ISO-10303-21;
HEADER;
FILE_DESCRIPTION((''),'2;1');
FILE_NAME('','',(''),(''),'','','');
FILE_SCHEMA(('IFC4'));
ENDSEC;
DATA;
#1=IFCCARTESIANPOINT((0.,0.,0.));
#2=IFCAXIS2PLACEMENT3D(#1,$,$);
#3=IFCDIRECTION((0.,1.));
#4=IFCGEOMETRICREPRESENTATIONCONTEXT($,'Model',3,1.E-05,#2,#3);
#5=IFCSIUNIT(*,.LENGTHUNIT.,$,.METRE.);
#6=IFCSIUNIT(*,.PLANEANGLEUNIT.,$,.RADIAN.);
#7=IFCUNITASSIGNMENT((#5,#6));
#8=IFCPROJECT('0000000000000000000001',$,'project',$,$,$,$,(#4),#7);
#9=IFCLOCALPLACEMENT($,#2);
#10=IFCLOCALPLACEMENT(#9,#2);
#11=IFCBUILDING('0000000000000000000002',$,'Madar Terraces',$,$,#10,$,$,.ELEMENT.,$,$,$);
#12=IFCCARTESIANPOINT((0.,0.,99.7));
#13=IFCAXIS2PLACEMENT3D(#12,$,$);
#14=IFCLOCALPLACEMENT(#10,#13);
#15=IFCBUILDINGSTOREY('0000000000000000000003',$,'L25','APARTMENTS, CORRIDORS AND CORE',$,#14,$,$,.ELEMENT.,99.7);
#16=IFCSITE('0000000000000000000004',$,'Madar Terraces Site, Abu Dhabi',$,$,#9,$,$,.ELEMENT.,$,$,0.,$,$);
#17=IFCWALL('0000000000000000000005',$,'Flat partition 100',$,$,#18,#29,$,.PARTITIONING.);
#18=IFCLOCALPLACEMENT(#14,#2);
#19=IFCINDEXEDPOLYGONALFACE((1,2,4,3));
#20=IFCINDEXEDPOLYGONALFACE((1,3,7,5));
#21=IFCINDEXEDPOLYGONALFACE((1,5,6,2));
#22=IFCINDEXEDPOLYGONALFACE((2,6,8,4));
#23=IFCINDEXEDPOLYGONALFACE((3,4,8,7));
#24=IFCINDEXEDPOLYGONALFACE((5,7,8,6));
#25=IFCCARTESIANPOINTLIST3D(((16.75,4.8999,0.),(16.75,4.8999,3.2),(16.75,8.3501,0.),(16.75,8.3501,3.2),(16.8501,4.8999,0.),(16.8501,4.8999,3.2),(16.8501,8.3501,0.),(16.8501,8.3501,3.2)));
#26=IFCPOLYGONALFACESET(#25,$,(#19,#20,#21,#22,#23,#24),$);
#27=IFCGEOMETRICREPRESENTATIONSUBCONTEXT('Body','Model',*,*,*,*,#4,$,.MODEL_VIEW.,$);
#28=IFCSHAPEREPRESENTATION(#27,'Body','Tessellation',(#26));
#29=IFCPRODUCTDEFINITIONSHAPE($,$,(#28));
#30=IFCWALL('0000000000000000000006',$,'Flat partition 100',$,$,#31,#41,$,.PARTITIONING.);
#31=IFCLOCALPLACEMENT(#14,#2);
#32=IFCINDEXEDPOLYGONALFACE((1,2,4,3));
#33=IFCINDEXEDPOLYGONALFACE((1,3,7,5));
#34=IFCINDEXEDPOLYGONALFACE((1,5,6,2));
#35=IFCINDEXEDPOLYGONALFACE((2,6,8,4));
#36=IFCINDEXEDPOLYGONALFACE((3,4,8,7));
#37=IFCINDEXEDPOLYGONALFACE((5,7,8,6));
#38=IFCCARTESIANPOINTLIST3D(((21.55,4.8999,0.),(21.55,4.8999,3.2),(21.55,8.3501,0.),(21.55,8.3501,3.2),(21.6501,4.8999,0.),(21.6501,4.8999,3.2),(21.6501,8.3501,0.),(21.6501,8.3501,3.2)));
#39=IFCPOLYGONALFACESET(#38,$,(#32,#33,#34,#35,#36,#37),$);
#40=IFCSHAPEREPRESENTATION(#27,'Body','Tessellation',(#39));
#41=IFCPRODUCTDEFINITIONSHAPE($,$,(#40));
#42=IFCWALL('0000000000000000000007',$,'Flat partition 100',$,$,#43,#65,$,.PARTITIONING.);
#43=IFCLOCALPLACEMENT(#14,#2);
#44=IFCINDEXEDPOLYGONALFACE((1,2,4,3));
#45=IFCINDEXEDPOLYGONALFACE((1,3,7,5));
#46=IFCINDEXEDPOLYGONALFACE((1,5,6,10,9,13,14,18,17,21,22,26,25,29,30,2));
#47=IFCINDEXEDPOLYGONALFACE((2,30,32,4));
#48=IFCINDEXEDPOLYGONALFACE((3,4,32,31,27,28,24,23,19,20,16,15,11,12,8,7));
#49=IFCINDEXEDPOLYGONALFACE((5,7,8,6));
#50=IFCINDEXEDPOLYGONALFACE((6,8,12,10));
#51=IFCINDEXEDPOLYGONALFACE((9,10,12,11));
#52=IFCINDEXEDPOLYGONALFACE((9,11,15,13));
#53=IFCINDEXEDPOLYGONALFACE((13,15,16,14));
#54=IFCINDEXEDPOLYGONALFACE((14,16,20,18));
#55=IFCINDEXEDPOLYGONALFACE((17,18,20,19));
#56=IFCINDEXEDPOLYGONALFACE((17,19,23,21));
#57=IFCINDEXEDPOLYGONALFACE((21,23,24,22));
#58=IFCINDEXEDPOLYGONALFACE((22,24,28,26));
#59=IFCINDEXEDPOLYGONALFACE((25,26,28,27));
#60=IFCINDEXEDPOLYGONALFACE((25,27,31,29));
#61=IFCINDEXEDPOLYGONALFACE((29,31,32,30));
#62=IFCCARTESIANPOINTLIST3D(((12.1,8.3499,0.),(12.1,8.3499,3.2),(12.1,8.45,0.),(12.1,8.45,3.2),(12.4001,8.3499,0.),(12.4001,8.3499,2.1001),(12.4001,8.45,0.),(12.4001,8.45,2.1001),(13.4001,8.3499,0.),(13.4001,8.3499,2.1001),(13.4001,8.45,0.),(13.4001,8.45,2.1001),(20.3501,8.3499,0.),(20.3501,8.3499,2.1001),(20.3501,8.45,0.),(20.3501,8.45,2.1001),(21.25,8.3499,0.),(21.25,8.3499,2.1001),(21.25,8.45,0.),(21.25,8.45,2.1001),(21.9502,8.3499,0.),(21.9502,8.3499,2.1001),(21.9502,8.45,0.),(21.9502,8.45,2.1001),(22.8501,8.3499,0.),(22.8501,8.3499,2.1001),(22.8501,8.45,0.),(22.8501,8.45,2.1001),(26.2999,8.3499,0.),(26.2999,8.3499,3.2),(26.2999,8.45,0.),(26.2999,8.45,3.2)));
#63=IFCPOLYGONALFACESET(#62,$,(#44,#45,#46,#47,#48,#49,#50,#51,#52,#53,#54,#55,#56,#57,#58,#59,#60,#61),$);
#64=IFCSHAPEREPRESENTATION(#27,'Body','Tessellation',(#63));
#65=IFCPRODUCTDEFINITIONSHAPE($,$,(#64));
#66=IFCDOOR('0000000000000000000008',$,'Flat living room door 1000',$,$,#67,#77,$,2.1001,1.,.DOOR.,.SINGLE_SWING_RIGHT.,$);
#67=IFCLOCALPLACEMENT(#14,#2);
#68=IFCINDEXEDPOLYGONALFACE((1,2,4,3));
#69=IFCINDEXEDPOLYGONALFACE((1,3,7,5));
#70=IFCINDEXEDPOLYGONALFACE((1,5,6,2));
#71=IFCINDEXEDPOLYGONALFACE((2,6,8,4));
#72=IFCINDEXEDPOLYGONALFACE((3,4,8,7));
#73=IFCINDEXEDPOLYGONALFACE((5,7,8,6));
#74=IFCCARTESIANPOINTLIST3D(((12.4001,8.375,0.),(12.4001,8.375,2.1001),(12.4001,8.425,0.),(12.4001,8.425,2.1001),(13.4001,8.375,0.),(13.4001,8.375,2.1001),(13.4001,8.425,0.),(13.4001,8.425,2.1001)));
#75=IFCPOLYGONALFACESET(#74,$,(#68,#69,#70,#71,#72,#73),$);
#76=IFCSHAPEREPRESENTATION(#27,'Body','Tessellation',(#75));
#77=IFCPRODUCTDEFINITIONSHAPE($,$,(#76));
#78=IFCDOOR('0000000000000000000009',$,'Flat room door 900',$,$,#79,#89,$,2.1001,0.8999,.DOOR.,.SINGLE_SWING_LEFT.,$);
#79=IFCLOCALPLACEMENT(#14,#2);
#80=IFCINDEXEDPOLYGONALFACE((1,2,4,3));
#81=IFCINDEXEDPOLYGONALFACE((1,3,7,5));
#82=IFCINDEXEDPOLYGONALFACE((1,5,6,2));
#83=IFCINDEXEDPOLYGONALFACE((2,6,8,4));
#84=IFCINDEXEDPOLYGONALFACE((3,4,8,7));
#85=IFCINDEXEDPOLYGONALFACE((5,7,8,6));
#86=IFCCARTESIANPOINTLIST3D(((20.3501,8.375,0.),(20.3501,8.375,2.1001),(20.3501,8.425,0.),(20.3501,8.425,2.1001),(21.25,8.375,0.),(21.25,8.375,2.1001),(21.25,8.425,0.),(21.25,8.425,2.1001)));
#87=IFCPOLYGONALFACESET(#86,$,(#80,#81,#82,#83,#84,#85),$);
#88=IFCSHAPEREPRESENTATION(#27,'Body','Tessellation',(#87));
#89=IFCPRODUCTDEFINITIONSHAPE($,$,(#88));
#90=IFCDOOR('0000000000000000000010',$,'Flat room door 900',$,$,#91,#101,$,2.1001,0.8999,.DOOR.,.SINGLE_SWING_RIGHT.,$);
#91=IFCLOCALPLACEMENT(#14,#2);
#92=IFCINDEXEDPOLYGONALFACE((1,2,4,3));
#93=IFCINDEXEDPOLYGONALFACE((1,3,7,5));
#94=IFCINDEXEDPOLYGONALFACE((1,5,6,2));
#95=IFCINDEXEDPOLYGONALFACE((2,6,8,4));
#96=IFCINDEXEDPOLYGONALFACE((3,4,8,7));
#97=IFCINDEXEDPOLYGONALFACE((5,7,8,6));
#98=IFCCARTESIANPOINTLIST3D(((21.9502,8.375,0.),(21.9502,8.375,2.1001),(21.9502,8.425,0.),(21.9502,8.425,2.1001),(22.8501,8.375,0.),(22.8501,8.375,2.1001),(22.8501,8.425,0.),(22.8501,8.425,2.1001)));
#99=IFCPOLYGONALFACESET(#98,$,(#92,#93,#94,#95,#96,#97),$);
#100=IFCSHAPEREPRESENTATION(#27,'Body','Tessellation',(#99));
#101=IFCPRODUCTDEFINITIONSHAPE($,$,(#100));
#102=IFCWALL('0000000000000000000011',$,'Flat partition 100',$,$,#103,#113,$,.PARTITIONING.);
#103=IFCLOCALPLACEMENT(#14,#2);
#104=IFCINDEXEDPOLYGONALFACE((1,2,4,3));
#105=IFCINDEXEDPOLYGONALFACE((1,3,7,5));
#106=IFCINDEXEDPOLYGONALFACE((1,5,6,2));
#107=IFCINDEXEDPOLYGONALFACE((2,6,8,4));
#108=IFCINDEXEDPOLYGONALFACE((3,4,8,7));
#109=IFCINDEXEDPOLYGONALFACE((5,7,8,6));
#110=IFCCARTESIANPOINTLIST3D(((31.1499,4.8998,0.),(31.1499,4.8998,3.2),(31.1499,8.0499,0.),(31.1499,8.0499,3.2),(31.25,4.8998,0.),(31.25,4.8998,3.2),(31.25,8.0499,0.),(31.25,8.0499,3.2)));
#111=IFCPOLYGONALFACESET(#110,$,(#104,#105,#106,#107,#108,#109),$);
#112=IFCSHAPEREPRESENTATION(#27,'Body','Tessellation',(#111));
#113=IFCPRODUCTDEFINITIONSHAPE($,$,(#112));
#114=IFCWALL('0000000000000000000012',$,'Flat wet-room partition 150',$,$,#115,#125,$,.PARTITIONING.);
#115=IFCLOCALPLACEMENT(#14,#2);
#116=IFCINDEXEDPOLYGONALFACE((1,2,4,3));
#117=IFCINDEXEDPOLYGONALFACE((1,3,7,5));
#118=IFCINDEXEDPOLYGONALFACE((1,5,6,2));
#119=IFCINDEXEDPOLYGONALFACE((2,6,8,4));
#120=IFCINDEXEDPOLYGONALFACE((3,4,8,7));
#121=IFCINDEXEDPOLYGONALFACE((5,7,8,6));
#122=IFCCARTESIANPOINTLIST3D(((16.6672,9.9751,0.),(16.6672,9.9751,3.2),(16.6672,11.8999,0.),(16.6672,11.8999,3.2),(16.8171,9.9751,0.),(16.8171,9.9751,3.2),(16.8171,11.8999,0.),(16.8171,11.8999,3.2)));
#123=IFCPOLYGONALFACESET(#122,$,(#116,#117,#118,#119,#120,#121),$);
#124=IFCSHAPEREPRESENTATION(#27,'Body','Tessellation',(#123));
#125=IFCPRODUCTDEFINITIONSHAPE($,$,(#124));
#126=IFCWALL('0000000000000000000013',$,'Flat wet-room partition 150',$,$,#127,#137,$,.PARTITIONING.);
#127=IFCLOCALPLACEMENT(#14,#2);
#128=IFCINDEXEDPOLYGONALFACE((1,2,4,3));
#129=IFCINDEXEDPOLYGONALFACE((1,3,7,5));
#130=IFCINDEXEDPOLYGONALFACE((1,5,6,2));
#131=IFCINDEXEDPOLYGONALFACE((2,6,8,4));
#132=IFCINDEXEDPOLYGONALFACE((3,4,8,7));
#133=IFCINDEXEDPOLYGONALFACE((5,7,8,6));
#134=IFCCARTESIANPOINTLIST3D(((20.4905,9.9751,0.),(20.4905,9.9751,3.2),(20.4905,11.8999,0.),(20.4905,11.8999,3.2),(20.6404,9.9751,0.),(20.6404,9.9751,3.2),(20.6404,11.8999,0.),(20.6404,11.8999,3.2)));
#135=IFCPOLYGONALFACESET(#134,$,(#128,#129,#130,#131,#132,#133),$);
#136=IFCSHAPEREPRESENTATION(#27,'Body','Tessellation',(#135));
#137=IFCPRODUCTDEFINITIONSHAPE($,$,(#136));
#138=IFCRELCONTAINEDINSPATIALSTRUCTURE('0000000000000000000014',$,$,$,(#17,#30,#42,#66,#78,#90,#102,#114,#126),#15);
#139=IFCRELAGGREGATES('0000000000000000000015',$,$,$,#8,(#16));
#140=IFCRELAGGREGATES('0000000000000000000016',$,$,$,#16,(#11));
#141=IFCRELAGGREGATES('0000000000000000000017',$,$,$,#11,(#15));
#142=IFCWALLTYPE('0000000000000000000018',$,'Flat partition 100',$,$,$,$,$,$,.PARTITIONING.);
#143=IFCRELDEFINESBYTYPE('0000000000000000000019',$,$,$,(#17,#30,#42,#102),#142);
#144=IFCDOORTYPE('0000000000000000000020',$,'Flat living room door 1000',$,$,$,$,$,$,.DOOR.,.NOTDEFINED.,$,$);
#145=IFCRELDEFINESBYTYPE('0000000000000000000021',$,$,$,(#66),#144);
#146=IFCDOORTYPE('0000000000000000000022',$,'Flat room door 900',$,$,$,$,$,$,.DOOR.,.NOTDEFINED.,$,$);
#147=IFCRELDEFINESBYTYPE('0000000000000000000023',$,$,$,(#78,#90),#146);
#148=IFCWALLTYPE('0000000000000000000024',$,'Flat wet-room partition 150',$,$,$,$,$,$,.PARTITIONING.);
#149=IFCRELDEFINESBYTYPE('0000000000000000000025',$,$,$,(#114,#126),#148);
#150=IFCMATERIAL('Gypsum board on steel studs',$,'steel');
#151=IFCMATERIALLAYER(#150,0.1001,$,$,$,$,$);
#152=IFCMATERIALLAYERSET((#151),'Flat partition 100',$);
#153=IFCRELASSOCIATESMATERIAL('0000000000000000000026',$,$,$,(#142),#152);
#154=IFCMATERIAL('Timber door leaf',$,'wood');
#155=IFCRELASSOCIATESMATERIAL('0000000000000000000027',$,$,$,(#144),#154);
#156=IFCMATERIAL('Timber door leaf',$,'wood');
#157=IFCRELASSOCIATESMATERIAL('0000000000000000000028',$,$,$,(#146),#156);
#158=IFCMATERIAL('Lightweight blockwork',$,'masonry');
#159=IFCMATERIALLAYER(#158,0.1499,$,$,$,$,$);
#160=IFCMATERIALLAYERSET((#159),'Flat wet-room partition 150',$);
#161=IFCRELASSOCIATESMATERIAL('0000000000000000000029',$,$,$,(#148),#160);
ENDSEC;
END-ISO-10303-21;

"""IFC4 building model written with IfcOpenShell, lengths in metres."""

from ifc_helpers import new_model, si_unit, direction, frame, frame_2d, origin, place, context, subcontext, project, spatial, rectangle, extrude, material, layer, layer_set, type_object, element, fill, save


model = new_model("IFC4")

# Units and contexts
model_context = context("Model", 3, precision=1e-05, world=origin(), true_north=direction((0.0, 1.0)))
body_context = subcontext(model_context, "Body", "Model", "MODEL_VIEW")
ifc_project = project(units=[si_unit("LENGTHUNIT", "METRE"), si_unit("PLANEANGLEUNIT", "RADIAN")], contexts=[model_context])

# Site, building, storey
site_placement = place(None, origin())
site = spatial("IfcSite", under=ifc_project, at=site_placement, Name="Madar Terraces Site, Abu Dhabi", CompositionType="ELEMENT", RefElevation=0.0)
building_placement = place(site_placement, origin())
building = spatial("IfcBuilding", under=site, at=building_placement, Name="Madar Terraces", CompositionType="ELEMENT")
storey_placement = place(building_placement, frame((0.0, 0.0, 99.7)))
storey = spatial("IfcBuildingStorey", under=building, at=storey_placement, Name="L25", Description="APARTMENTS, CORRIDORS AND CORE", CompositionType="ELEMENT", Elevation=99.7)

# Walls
ifc_material_1 = material(Name="Gypsum board on steel studs", Category="steel")
ifc_layer_1 = layer(ifc_material_1, 0.1001)
ifc_layer_set_1 = layer_set([ifc_layer_1], Name="Flat partition 100")
wall_type_1 = type_object("IfcWallType", Name="Flat partition 100", PredefinedType="PARTITIONING", material=ifc_layer_set_1)
for number, where, z_axis, x_axis, name in (
    (1, (16.8, 8.3501, 0.0), (0.0, 0.0, 1.0), (0.0, -1.0, 0.0), "Flat partition 100"),
    (2, (21.6001, 8.3501, 0.0), (0.0, 0.0, 1.0), (0.0, -1.0, 0.0), "Flat partition 100"),
):
    element("IfcWall", number, at=place(storey_placement, frame(where, z_axis=z_axis, x_axis=x_axis)), inside=storey, type_object=wall_type_1, Name=name, PredefinedType="PARTITIONING", context=body_context, shape_type="SweptSolid", body=[
        extrude(rectangle(XDim=3.4502, YDim=0.1001, at=frame_2d((1.7251, 0.0))), origin(), (0.0, 0.0, 1.0), 3.2),
    ])

# Wall, openings, doors
wall_1_placement = place(storey_placement, frame((26.3, 8.3999, 0.0), z_axis=(0.0, 0.0, 1.0), x_axis=(-1.0, 0.0, 0.0)))
wall_1 = element("IfcWall", 3, at=wall_1_placement, inside=storey, type_object=wall_type_1, Name="Flat partition 100", PredefinedType="PARTITIONING", context=body_context, shape_type="SweptSolid", body=[
    extrude(rectangle(XDim=14.2, YDim=0.1001, at=frame_2d((7.1001, 0.0))), origin(), (0.0, 0.0, 1.0), 3.2),
])
opening_1_placement = place(wall_1_placement, frame((12.8999, 0.0, 0.0)))
opening_1 = element("IfcOpeningElement", 4, at=opening_1_placement, cuts=wall_1, PredefinedType="OPENING", context=body_context, shape_type="SweptSolid", body=[
    extrude(rectangle(XDim=1.0, YDim=2.1001, at=frame_2d((0.5, 1.05))), frame((0.0, 0.0601, 0.0), z_axis=(0.0, -1.0, 0.0), x_axis=(1.0, 0.0, 0.0)), (0.0, 0.0, 1.0), 0.1201),
])
opening_2_placement = place(wall_1_placement, frame((5.05, 0.0, 0.0)))
opening_2 = element("IfcOpeningElement", 5, at=opening_2_placement, cuts=wall_1, PredefinedType="OPENING", context=body_context, shape_type="SweptSolid", body=[
    extrude(rectangle(XDim=0.8999, YDim=2.1001, at=frame_2d((0.45, 1.05))), frame((0.0, 0.0601, 0.0), z_axis=(0.0, -1.0, 0.0), x_axis=(1.0, 0.0, 0.0)), (0.0, 0.0, 1.0), 0.1201),
])
opening_3_placement = place(wall_1_placement, frame((3.45, 0.0, 0.0)))
opening_3 = element("IfcOpeningElement", 6, at=opening_3_placement, cuts=wall_1, PredefinedType="OPENING", context=body_context, shape_type="SweptSolid", body=[
    extrude(rectangle(XDim=0.8999, YDim=2.1001, at=frame_2d((0.45, 1.05))), frame((0.0, 0.0601, 0.0), z_axis=(0.0, -1.0, 0.0), x_axis=(1.0, 0.0, 0.0)), (0.0, 0.0, 1.0), 0.1201),
])
ifc_material_2 = material(Name="Timber door leaf", Category="wood")
door_type_1 = type_object("IfcDoorType", Name="Flat living room door 1000", OperationType="NOTDEFINED", PredefinedType="DOOR", material=ifc_material_2)
door_1_placement = place(opening_1_placement, origin())
door_1 = element("IfcDoor", 7, at=door_1_placement, inside=storey, type_object=door_type_1, Name="Flat living room door 1000", OperationType="SINGLE_SWING_RIGHT", OverallHeight=2.1001, OverallWidth=1.0, PredefinedType="DOOR", context=body_context, shape_type="SweptSolid", body=[
    extrude(rectangle(XDim=1.0, YDim=2.1001, at=frame_2d((0.5, 1.05))), frame((0.0, 0.0249, 0.0), z_axis=(0.0, -1.0, 0.0), x_axis=(1.0, 0.0, 0.0)), (0.0, 0.0, 1.0), 0.05),
])
fill(opening_1, door_1)
ifc_material_3 = material(Name="Timber door leaf", Category="wood")
door_type_2 = type_object("IfcDoorType", Name="Flat room door 900", OperationType="NOTDEFINED", PredefinedType="DOOR", material=ifc_material_3)
door_2_placement = place(opening_2_placement, origin())
door_2 = element("IfcDoor", 8, at=door_2_placement, inside=storey, type_object=door_type_2, Name="Flat room door 900", OperationType="SINGLE_SWING_LEFT", OverallHeight=2.1001, OverallWidth=0.8999, PredefinedType="DOOR", context=body_context, shape_type="SweptSolid", body=[
    extrude(rectangle(XDim=0.8999, YDim=2.1001, at=frame_2d((0.45, 1.05))), frame((0.0, 0.0249, 0.0), z_axis=(0.0, -1.0, 0.0), x_axis=(1.0, 0.0, 0.0)), (0.0, 0.0, 1.0), 0.05),
])
fill(opening_2, door_2)
door_3_placement = place(opening_3_placement, origin())
door_3 = element("IfcDoor", 9, at=door_3_placement, inside=storey, type_object=door_type_2, Name="Flat room door 900", OperationType="SINGLE_SWING_RIGHT", OverallHeight=2.1001, OverallWidth=0.8999, PredefinedType="DOOR", context=body_context, shape_type="SweptSolid", body=[
    extrude(rectangle(XDim=0.8999, YDim=2.1001, at=frame_2d((0.45, 1.05))), frame((0.0, 0.0249, 0.0), z_axis=(0.0, -1.0, 0.0), x_axis=(1.0, 0.0, 0.0)), (0.0, 0.0, 1.0), 0.05),
])
fill(opening_3, door_3)

# Walls
wall_2_placement = place(storey_placement, frame((31.2, 8.05, 0.0), z_axis=(0.0, 0.0, 1.0), x_axis=(0.0, -1.0, 0.0)))
element("IfcWall", 10, at=wall_2_placement, inside=storey, type_object=wall_type_1, Name="Flat partition 100", PredefinedType="PARTITIONING", context=body_context, shape_type="SweptSolid", body=[
    extrude(rectangle(XDim=3.1501, YDim=0.1001, at=frame_2d((1.5752, 0.0))), origin(), (0.0, 0.0, 1.0), 3.2),
])
ifc_material_4 = material(Name="Lightweight blockwork", Category="masonry")
ifc_layer_2 = layer(ifc_material_4, 0.1499)
ifc_layer_set_2 = layer_set([ifc_layer_2], Name="Flat wet-room partition 150")
wall_type_2 = type_object("IfcWallType", Name="Flat wet-room partition 150", PredefinedType="PARTITIONING", material=ifc_layer_set_2)
for number, where, z_axis, x_axis, name in (
    (11, (16.7422, 11.8999, 0.0), (0.0, 0.0, 1.0), (0.0, -1.0, 0.0), "Flat wet-room partition 150"),
    (12, (20.5654, 11.8999, 0.0), (0.0, 0.0, 1.0), (0.0, -1.0, 0.0), "Flat wet-room partition 150"),
):
    element("IfcWall", number, at=place(storey_placement, frame(where, z_axis=z_axis, x_axis=x_axis)), inside=storey, type_object=wall_type_2, Name=name, PredefinedType="PARTITIONING", context=body_context, shape_type="SweptSolid", body=[
        extrude(rectangle(XDim=1.9248, YDim=0.1499, at=frame_2d((0.9624, 0.0))), origin(), (0.0, 0.0, 1.0), 3.2),
    ])

save(model, "model.ifc")
